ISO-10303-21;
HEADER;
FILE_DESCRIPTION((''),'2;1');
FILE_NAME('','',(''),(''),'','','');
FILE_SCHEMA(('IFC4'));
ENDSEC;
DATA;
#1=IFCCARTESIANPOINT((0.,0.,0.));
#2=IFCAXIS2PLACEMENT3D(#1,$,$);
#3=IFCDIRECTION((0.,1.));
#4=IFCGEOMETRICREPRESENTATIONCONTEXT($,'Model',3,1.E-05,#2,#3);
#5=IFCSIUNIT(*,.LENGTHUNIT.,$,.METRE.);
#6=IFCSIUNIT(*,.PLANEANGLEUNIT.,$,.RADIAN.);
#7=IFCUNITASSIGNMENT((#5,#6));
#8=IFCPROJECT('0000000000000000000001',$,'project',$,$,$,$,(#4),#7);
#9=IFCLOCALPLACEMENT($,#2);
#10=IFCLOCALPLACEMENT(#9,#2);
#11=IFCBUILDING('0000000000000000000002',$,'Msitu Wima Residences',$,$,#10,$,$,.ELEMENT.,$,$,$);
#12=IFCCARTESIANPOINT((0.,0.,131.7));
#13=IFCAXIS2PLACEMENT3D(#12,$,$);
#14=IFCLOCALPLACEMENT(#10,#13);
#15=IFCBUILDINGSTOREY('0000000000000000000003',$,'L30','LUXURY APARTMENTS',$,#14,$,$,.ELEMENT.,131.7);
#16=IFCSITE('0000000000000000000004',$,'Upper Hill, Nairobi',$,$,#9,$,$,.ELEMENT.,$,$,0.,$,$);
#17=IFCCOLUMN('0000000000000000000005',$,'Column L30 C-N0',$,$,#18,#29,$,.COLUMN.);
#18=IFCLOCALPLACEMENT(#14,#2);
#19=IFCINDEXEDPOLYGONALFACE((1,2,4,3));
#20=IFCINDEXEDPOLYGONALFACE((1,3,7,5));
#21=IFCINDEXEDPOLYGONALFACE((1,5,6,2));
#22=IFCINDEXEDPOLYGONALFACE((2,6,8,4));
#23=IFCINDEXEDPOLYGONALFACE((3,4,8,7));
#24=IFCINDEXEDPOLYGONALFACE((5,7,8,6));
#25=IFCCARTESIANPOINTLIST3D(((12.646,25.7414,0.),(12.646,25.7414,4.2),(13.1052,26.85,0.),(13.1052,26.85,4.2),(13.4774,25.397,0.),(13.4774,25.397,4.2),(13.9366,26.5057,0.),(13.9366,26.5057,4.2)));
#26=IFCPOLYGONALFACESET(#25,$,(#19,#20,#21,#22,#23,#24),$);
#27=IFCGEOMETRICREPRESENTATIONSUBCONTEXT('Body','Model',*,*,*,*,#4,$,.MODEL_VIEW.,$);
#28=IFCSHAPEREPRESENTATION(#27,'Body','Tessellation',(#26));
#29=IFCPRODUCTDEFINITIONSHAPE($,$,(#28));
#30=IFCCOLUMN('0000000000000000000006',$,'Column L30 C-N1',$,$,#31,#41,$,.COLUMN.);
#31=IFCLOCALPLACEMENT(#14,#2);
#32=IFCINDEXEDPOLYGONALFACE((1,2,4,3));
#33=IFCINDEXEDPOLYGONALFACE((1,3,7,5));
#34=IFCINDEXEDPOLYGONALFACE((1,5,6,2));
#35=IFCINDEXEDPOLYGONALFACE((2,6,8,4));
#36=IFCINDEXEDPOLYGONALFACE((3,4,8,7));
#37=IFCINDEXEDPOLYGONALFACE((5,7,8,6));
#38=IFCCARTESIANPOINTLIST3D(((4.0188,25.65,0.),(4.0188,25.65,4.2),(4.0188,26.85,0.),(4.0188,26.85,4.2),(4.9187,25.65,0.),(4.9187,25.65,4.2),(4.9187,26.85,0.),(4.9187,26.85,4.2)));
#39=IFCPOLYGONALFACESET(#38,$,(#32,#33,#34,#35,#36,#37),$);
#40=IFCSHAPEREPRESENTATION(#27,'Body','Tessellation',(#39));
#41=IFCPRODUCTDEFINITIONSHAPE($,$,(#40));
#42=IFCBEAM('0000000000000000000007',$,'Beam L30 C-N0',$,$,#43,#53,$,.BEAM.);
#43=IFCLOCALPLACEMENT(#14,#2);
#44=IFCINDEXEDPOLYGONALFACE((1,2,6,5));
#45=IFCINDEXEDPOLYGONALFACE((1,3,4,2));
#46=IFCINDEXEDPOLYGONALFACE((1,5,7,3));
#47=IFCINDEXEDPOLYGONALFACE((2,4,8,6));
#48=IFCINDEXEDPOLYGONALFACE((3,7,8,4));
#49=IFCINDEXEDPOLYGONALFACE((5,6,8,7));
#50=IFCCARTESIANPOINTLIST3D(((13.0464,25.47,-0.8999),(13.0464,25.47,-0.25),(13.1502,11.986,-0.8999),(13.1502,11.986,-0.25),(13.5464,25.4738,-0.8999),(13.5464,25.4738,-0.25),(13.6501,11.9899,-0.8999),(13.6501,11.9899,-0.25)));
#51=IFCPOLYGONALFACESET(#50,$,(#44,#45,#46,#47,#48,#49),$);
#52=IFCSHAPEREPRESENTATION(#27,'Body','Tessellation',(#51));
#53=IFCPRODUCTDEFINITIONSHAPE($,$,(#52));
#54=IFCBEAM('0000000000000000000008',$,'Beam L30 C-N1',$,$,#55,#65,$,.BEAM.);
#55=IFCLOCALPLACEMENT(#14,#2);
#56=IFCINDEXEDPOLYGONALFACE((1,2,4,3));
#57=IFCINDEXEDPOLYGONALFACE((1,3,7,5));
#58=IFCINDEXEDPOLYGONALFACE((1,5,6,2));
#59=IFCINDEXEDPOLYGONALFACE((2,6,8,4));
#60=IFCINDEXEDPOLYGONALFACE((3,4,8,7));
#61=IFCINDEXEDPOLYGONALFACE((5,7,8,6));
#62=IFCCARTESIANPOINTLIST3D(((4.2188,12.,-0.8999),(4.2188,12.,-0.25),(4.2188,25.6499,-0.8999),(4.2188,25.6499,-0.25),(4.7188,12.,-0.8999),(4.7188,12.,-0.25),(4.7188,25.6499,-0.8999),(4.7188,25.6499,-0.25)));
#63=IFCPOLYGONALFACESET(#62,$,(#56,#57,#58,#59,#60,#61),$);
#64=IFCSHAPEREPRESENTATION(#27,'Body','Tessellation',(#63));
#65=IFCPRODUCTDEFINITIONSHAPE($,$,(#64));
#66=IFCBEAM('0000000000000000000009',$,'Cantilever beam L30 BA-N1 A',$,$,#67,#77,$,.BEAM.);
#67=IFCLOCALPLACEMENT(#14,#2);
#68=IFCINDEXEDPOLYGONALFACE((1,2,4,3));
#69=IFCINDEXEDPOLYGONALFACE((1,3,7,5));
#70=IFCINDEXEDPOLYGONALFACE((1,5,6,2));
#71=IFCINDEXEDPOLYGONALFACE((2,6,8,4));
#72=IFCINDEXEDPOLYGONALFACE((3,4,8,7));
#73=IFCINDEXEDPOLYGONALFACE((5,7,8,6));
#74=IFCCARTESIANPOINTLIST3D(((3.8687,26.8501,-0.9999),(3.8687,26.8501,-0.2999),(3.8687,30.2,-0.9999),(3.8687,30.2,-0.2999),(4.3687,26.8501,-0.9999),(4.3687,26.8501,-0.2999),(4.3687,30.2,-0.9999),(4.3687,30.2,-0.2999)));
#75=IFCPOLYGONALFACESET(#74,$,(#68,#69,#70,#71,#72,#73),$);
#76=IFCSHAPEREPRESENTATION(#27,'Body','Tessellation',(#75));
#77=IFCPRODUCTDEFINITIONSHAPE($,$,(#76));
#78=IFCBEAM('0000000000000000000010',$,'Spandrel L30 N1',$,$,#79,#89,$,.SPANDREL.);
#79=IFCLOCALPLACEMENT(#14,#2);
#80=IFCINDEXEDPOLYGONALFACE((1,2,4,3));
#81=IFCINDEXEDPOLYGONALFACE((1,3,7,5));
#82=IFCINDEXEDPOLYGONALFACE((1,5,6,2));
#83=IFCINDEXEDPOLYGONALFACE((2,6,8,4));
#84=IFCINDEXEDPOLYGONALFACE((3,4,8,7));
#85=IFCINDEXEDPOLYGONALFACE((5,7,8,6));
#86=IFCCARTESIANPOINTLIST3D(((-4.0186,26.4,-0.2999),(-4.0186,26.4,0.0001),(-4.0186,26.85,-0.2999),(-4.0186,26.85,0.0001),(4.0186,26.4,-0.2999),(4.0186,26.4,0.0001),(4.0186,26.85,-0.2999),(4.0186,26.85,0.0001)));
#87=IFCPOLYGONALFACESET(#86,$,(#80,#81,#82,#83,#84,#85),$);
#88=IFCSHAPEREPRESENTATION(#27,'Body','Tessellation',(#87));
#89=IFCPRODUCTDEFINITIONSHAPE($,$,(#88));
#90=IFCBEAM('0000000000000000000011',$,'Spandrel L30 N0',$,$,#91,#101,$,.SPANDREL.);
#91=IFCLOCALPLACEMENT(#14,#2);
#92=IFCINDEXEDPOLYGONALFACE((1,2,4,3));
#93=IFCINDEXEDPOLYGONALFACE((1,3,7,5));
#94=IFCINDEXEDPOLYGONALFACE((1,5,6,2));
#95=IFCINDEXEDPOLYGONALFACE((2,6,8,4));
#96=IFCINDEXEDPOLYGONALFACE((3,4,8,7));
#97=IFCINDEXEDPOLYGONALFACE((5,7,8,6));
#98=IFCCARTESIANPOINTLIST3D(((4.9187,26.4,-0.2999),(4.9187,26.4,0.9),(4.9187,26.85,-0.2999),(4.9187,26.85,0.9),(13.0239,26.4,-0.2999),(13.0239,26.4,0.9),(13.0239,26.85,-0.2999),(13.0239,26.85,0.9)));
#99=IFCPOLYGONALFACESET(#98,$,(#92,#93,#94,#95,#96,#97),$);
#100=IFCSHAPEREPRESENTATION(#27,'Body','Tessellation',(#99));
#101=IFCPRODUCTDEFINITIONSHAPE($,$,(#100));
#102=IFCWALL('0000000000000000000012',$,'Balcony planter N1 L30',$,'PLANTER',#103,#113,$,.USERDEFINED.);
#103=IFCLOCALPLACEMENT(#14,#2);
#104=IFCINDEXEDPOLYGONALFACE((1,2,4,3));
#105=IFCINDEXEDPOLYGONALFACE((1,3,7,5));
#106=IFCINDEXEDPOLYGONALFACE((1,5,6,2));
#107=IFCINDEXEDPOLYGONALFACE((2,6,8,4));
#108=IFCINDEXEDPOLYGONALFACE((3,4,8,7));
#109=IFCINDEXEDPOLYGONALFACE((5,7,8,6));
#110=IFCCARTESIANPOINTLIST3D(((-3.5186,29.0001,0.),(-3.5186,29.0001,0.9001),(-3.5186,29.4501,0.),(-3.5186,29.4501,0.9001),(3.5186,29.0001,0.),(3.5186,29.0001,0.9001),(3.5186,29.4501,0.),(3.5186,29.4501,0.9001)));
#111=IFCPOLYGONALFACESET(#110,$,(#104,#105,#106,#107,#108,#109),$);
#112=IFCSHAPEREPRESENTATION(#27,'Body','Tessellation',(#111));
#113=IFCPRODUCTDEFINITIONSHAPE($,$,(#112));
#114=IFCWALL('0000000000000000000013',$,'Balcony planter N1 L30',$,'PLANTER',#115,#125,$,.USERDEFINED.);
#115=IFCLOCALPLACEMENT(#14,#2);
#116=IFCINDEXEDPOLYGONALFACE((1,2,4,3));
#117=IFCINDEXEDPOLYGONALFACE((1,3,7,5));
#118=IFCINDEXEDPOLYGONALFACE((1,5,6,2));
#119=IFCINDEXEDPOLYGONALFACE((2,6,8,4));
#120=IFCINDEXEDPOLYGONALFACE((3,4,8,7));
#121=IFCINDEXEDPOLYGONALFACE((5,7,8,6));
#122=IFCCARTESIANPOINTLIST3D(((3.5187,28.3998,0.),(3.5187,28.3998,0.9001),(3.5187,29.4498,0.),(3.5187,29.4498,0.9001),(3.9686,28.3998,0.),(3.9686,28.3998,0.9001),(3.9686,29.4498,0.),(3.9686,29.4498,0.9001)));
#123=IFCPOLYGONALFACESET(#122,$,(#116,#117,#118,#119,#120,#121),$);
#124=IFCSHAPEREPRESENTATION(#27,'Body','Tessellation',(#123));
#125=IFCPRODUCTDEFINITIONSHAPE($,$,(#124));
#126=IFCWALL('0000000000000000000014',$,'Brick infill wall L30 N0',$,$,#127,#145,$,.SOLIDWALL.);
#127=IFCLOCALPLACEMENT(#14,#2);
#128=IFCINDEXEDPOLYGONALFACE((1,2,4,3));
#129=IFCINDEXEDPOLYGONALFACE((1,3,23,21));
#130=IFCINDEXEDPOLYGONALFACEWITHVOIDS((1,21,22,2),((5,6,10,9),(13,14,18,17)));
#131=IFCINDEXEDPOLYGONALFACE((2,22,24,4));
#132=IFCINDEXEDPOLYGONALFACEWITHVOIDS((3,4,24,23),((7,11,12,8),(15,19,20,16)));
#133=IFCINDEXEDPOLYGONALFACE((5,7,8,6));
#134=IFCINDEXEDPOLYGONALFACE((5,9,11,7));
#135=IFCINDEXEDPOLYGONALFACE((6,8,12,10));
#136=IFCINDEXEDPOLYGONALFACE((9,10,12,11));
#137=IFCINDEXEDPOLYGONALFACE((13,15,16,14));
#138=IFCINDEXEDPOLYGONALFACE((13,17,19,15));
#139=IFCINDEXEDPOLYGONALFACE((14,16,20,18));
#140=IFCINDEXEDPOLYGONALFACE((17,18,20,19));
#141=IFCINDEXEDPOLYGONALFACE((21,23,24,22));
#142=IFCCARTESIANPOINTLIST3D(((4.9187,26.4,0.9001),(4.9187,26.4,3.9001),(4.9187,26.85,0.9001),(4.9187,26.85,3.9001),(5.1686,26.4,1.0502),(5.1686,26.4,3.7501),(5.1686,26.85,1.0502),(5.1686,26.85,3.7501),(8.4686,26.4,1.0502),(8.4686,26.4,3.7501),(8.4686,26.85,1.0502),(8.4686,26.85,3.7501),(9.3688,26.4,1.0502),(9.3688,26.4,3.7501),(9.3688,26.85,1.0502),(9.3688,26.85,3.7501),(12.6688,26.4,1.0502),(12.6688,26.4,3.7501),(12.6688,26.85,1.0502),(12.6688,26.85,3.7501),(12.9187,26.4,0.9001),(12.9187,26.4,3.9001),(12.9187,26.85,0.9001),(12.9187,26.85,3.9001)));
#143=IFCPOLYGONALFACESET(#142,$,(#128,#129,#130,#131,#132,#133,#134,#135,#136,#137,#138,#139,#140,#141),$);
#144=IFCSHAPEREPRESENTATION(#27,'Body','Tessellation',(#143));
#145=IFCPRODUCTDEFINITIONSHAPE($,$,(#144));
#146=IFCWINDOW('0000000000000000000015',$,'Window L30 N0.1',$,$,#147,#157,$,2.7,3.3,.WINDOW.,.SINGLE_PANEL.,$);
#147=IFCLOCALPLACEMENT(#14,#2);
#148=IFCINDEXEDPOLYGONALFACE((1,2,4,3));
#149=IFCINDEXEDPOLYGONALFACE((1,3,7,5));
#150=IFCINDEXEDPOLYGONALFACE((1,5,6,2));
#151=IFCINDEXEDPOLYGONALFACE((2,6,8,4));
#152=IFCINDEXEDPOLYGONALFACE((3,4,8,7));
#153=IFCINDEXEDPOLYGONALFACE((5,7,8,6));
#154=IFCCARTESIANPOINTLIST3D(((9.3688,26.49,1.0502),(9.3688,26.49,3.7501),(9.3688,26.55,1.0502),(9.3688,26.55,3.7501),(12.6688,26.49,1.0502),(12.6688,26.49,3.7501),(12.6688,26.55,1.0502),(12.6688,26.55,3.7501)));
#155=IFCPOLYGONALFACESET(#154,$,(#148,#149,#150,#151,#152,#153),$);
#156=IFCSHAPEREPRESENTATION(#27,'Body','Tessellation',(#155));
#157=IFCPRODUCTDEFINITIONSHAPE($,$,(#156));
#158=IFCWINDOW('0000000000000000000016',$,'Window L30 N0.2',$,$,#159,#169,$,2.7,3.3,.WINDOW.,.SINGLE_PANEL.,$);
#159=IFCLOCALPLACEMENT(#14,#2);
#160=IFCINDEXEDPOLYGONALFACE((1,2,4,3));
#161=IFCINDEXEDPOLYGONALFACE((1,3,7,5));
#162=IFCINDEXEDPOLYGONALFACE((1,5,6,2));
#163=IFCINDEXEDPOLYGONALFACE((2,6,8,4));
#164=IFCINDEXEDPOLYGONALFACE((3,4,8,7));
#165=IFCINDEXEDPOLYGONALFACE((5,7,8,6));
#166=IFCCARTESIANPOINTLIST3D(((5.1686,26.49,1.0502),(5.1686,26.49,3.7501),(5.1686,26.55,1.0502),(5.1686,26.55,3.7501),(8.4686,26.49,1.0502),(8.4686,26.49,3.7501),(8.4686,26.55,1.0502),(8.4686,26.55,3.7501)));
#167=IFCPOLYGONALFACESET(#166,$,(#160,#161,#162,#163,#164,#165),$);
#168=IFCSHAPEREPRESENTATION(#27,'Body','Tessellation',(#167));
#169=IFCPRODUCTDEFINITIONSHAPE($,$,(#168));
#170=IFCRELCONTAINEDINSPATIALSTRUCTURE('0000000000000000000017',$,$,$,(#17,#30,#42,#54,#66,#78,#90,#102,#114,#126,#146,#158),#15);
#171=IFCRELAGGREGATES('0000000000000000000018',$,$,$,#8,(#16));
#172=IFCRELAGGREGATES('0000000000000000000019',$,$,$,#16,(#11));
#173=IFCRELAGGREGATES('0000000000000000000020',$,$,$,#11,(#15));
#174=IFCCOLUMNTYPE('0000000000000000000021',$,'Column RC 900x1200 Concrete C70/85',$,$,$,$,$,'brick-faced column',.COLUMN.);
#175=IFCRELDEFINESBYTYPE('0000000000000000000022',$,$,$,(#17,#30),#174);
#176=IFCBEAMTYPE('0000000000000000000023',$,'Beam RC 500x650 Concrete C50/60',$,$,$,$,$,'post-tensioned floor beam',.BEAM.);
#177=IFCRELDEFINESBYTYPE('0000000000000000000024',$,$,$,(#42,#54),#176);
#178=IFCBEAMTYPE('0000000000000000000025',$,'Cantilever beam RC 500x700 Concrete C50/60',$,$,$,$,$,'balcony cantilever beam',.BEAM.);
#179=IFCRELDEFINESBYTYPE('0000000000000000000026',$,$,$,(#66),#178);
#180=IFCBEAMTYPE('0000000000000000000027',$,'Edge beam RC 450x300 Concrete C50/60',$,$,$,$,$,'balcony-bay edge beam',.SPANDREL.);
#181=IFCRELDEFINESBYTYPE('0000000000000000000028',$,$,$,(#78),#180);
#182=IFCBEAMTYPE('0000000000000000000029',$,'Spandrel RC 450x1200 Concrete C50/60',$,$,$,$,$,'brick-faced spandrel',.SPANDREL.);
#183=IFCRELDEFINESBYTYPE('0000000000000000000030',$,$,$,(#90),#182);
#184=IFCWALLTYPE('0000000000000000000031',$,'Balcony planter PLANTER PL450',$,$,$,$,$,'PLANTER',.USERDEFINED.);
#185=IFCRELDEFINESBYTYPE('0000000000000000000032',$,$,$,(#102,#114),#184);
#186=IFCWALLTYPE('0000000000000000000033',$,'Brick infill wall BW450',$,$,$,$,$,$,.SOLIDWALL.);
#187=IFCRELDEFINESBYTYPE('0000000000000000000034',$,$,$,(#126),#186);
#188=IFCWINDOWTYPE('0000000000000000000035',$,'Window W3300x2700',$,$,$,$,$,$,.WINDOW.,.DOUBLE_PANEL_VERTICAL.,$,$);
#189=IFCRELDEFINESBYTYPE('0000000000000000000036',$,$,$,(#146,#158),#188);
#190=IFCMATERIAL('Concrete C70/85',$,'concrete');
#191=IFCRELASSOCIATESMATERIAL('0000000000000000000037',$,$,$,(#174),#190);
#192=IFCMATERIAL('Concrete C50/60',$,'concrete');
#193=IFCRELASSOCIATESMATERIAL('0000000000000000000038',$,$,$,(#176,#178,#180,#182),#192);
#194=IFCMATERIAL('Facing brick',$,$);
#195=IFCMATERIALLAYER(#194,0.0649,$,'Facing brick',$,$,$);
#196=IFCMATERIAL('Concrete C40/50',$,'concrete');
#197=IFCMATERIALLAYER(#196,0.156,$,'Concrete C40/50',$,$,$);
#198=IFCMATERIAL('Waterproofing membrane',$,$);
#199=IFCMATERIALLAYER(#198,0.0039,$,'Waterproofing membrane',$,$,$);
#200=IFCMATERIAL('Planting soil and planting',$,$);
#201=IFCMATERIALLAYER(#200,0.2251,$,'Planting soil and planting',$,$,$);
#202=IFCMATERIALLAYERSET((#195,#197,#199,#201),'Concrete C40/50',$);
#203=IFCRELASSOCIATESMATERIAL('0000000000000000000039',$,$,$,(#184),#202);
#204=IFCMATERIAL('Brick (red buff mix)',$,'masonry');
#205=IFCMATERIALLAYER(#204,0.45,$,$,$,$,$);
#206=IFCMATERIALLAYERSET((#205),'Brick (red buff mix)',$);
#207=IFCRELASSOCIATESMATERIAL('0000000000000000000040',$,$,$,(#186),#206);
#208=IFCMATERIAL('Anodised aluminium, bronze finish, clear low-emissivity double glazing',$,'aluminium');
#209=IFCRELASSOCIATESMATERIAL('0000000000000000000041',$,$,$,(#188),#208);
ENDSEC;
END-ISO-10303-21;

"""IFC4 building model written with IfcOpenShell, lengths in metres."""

from ifc_helpers import new_model, si_unit, direction, frame, frame_2d, origin, origin_2d, place, context, subcontext, project, spatial, rectangle, extrude, material, layer, layer_set, material_profile, profile_set, type_object, element, fill, save


model = new_model("IFC4")

# Units and contexts
model_context = context("Model", 3, precision=1e-05, world=origin(), true_north=direction((0.0, 1.0)))
body_context = subcontext(model_context, "Body", "Model", "MODEL_VIEW")
ifc_project = project(units=[si_unit("LENGTHUNIT", "METRE"), si_unit("PLANEANGLEUNIT", "RADIAN")], contexts=[model_context])

# Site, building, storey
site_placement = place(None, origin())
site = spatial("IfcSite", under=ifc_project, at=site_placement, Name="Upper Hill, Nairobi", CompositionType="ELEMENT", RefElevation=0.0)
building_placement = place(site_placement, origin())
building = spatial("IfcBuilding", under=site, at=building_placement, Name="Msitu Wima Residences", CompositionType="ELEMENT")
storey_placement = place(building_placement, frame((0.0, 0.0, 131.7)))
storey = spatial("IfcBuildingStorey", under=building, at=storey_placement, Name="L30", Description="LUXURY APARTMENTS", CompositionType="ELEMENT", Elevation=131.7)

# Columns
ifc_material_1 = material(Name="Concrete C70/85", Category="concrete")
ifc_material_profile_1 = material_profile(ifc_material_1, rectangle(XDim=0.8999, YDim=1.2, at=origin_2d()), Name="RC 900x1200")
ifc_profile_set_1 = profile_set([ifc_material_profile_1], Name="Concrete C70/85")
column_type = type_object("IfcColumnType", Name="Column RC 900x1200 Concrete C70/85", ElementType="brick-faced column", PredefinedType="COLUMN", material=ifc_profile_set_1)
for number, where, z_axis, x_axis, name in (
    (1, (13.2913, 26.1235, 0.0), (0.0, 0.0, 1.0), (-0.92388, 0.382683, 0.0), "Column L30 C-N0"),
    (2, (4.4688, 26.25, 0.0), (0.0, 0.0, 1.0), (-1.0, 0.0, 0.0), "Column L30 C-N1"),
):
    element("IfcColumn", number, at=place(storey_placement, frame(where, z_axis=z_axis, x_axis=x_axis)), inside=storey, type_object=column_type, Name=name, PredefinedType="COLUMN", context=body_context, shape_type="SweptSolid", body=[
        extrude(rectangle(XDim=0.8999, YDim=1.2, at=origin_2d()), origin(), (0.0, 0.0, 1.0), 4.2),
    ])

# Beams
ifc_material_2 = material(Name="Concrete C50/60", Category="concrete")
ifc_material_profile_2 = material_profile(ifc_material_2, rectangle(XDim=0.5, YDim=0.6499, at=origin_2d()), Name="RC 500x650")
ifc_profile_set_2 = profile_set([ifc_material_profile_2], Name="Concrete C50/60")
beam_type_1 = type_object("IfcBeamType", Name="Beam RC 500x650 Concrete C50/60", ElementType="post-tensioned floor beam", PredefinedType="BEAM", material=ifc_profile_set_2)
beam_1_placement = place(storey_placement, frame((13.2964, 25.4719, -0.575), z_axis=(0.007695, -0.99997, 0.0), x_axis=(0.99997, 0.007695, 0.0)))
element("IfcBeam", 3, at=beam_1_placement, inside=storey, type_object=beam_type_1, Name="Beam L30 C-N0", PredefinedType="BEAM", context=body_context, shape_type="SweptSolid", body=[
    extrude(rectangle(XDim=0.5, YDim=0.6499, at=origin_2d()), origin(), (0.0, 0.0, 1.0), 13.4844),
])
beam_2_placement = place(storey_placement, frame((4.4688, 25.6499, -0.575), z_axis=(0.0, -1.0, 0.0), x_axis=(1.0, 0.0, 0.0)))
element("IfcBeam", 4, at=beam_2_placement, inside=storey, type_object=beam_type_1, Name="Beam L30 C-N1", PredefinedType="BEAM", context=body_context, shape_type="SweptSolid", body=[
    extrude(rectangle(XDim=0.5, YDim=0.6499, at=origin_2d()), origin(), (0.0, 0.0, 1.0), 13.6499),
])
ifc_material_profile_3 = material_profile(ifc_material_2, rectangle(XDim=0.5, YDim=0.7, at=origin_2d()), Name="RC 500x700")
ifc_profile_set_3 = profile_set([ifc_material_profile_3], Name="Concrete C50/60")
beam_type_2 = type_object("IfcBeamType", Name="Cantilever beam RC 500x700 Concrete C50/60", ElementType="balcony cantilever beam", PredefinedType="BEAM", material=ifc_profile_set_3)
beam_3_placement = place(storey_placement, frame((4.1187, 26.8501, -0.6499), z_axis=(0.0, 1.0, 0.0), x_axis=(-1.0, 0.0, 0.0)))
element("IfcBeam", 5, at=beam_3_placement, inside=storey, type_object=beam_type_2, Name="Cantilever beam L30 BA-N1 A", PredefinedType="BEAM", context=body_context, shape_type="SweptSolid", body=[
    extrude(rectangle(XDim=0.5, YDim=0.7, at=origin_2d()), origin(), (0.0, 0.0, 1.0), 3.3499),
])
ifc_material_profile_4 = material_profile(ifc_material_2, rectangle(XDim=0.45, YDim=0.3, at=origin_2d()), Name="RC 450x300")
ifc_profile_set_4 = profile_set([ifc_material_profile_4], Name="Concrete C50/60")
beam_type_3 = type_object("IfcBeamType", Name="Edge beam RC 450x300 Concrete C50/60", ElementType="balcony-bay edge beam", PredefinedType="SPANDREL", material=ifc_profile_set_4)
beam_4_placement = place(storey_placement, frame((4.0186, 26.625, -0.1499), z_axis=(-1.0, 0.0, 0.0), x_axis=(0.0, -1.0, 0.0)))
element("IfcBeam", 6, at=beam_4_placement, inside=storey, type_object=beam_type_3, Name="Spandrel L30 N1", PredefinedType="SPANDREL", context=body_context, shape_type="SweptSolid", body=[
    extrude(rectangle(XDim=0.45, YDim=0.3, at=origin_2d()), origin(), (0.0, 0.0, 1.0), 8.0371),
])
ifc_material_profile_5 = material_profile(ifc_material_2, rectangle(XDim=0.45, YDim=1.2, at=origin_2d()), Name="RC 450x1200")
ifc_profile_set_5 = profile_set([ifc_material_profile_5], Name="Concrete C50/60")
beam_type_4 = type_object("IfcBeamType", Name="Spandrel RC 450x1200 Concrete C50/60", ElementType="brick-faced spandrel", PredefinedType="SPANDREL", material=ifc_profile_set_5)
beam_5_placement = place(storey_placement, frame((13.0239, 26.625, 0.3), z_axis=(-1.0, 0.0, 0.0), x_axis=(0.0, -1.0, 0.0)))
element("IfcBeam", 7, at=beam_5_placement, inside=storey, type_object=beam_type_4, Name="Spandrel L30 N0", PredefinedType="SPANDREL", context=body_context, shape_type="SweptSolid", body=[
    extrude(rectangle(XDim=0.45, YDim=1.2, at=origin_2d()), origin(), (0.0, 0.0, 1.0), 8.1052),
])

# Walls
ifc_material_3 = material(Name="Facing brick")
ifc_layer_1 = layer(ifc_material_3, 0.0649, Name="Facing brick")
ifc_material_4 = material(Name="Concrete C40/50", Category="concrete")
ifc_layer_2 = layer(ifc_material_4, 0.156, Name="Concrete C40/50")
ifc_material_5 = material(Name="Waterproofing membrane")
ifc_layer_3 = layer(ifc_material_5, 0.0039, Name="Waterproofing membrane")
ifc_material_6 = material(Name="Planting soil and planting")
ifc_layer_4 = layer(ifc_material_6, 0.2251, Name="Planting soil and planting")
ifc_layer_set_1 = layer_set([ifc_layer_1, ifc_layer_2, ifc_layer_3, ifc_layer_4], Name="Concrete C40/50")
wall_type_1 = type_object("IfcWallType", Name="Balcony planter PLANTER PL450", ElementType="PLANTER", PredefinedType="USERDEFINED", material=ifc_layer_set_1)
wall_1_placement = place(storey_placement, frame((3.5186, 29.2251, 0.0), z_axis=(0.0, 0.0, 1.0), x_axis=(-1.0, 0.0, 0.0)))
element("IfcWall", 8, at=wall_1_placement, inside=storey, type_object=wall_type_1, Name="Balcony planter N1 L30", ObjectType="PLANTER", PredefinedType="USERDEFINED", context=body_context, shape_type="SweptSolid", body=[
    extrude(rectangle(XDim=7.0371, YDim=0.45, at=frame_2d((3.5186, 0.0))), origin(), (0.0, 0.0, 1.0), 0.9001),
])
wall_2_placement = place(storey_placement, frame((3.7437, 28.3999, 0.0), z_axis=(0.0, 0.0, 1.0), x_axis=(0.0, 1.0, 0.0)))
element("IfcWall", 9, at=wall_2_placement, inside=storey, type_object=wall_type_1, Name="Balcony planter N1 L30", ObjectType="PLANTER", PredefinedType="USERDEFINED", context=body_context, shape_type="SweptSolid", body=[
    extrude(rectangle(XDim=1.05, YDim=0.45, at=frame_2d((0.5249, 0.0))), origin(), (0.0, 0.0, 1.0), 0.9001),
])

# Wall, openings, windows
ifc_material_7 = material(Name="Brick (red buff mix)", Category="masonry")
ifc_layer_5 = layer(ifc_material_7, 0.45)
ifc_layer_set_2 = layer_set([ifc_layer_5], Name="Brick (red buff mix)")
wall_type_2 = type_object("IfcWallType", Name="Brick infill wall BW450", PredefinedType="SOLIDWALL", material=ifc_layer_set_2)
wall_3_placement = place(storey_placement, frame((12.9187, 26.625, 0.9001), z_axis=(0.0, 0.0, 1.0), x_axis=(-1.0, 0.0, 0.0)))
wall_3 = element("IfcWall", 10, at=wall_3_placement, inside=storey, type_object=wall_type_2, Name="Brick infill wall L30 N0", PredefinedType="SOLIDWALL", context=body_context, shape_type="SweptSolid", body=[
    extrude(rectangle(XDim=8.0, YDim=0.45, at=frame_2d((4.0, 0.0))), origin(), (0.0, 0.0, 1.0), 3.0),
])
opening_1_placement = place(wall_3_placement, frame((0.25, 0.0, 0.1499)))
opening_1 = element("IfcOpeningElement", 11, at=opening_1_placement, cuts=wall_3, PredefinedType="OPENING", context=body_context, shape_type="SweptSolid", body=[
    extrude(rectangle(XDim=3.3, YDim=2.7, at=frame_2d((1.6499, 1.3501))), frame((0.0, 0.2349, 0.0), z_axis=(0.0, -1.0, 0.0), x_axis=(1.0, 0.0, 0.0)), (0.0, 0.0, 1.0), 0.47),
])
opening_2_placement = place(wall_3_placement, frame((4.4502, 0.0, 0.1499)))
opening_2 = element("IfcOpeningElement", 12, at=opening_2_placement, cuts=wall_3, PredefinedType="OPENING", context=body_context, shape_type="SweptSolid", body=[
    extrude(rectangle(XDim=3.3, YDim=2.7, at=frame_2d((1.6499, 1.3501))), frame((0.0, 0.2349, 0.0), z_axis=(0.0, -1.0, 0.0), x_axis=(1.0, 0.0, 0.0)), (0.0, 0.0, 1.0), 0.47),
])
ifc_material_8 = material(Name="Anodised aluminium, bronze finish, clear low-emissivity double glazing", Category="aluminium")
window_type = type_object("IfcWindowType", Name="Window W3300x2700", PartitioningType="DOUBLE_PANEL_VERTICAL", PredefinedType="WINDOW", material=ifc_material_8)
window_1_placement = place(opening_1_placement, origin())
window_1 = element("IfcWindow", 13, at=window_1_placement, inside=storey, type_object=window_type, Name="Window L30 N0.1", OverallHeight=2.7, OverallWidth=3.3, PartitioningType="SINGLE_PANEL", PredefinedType="WINDOW", context=body_context, shape_type="SweptSolid", body=[
    extrude(rectangle(XDim=3.3, YDim=2.7, at=frame_2d((1.6499, 1.3501))), frame((0.0, 0.135, 0.0), z_axis=(0.0, -1.0, 0.0), x_axis=(1.0, 0.0, 0.0)), (0.0, 0.0, 1.0), 0.0601),
])
fill(opening_1, window_1)
window_2_placement = place(opening_2_placement, origin())
window_2 = element("IfcWindow", 14, at=window_2_placement, inside=storey, type_object=window_type, Name="Window L30 N0.2", OverallHeight=2.7, OverallWidth=3.3, PartitioningType="SINGLE_PANEL", PredefinedType="WINDOW", context=body_context, shape_type="SweptSolid", body=[
    extrude(rectangle(XDim=3.3, YDim=2.7, at=frame_2d((1.6499, 1.3501))), frame((0.0, 0.135, 0.0), z_axis=(0.0, -1.0, 0.0), x_axis=(1.0, 0.0, 0.0)), (0.0, 0.0, 1.0), 0.0601),
])
fill(opening_2, window_2)

save(model, "model.ifc")
